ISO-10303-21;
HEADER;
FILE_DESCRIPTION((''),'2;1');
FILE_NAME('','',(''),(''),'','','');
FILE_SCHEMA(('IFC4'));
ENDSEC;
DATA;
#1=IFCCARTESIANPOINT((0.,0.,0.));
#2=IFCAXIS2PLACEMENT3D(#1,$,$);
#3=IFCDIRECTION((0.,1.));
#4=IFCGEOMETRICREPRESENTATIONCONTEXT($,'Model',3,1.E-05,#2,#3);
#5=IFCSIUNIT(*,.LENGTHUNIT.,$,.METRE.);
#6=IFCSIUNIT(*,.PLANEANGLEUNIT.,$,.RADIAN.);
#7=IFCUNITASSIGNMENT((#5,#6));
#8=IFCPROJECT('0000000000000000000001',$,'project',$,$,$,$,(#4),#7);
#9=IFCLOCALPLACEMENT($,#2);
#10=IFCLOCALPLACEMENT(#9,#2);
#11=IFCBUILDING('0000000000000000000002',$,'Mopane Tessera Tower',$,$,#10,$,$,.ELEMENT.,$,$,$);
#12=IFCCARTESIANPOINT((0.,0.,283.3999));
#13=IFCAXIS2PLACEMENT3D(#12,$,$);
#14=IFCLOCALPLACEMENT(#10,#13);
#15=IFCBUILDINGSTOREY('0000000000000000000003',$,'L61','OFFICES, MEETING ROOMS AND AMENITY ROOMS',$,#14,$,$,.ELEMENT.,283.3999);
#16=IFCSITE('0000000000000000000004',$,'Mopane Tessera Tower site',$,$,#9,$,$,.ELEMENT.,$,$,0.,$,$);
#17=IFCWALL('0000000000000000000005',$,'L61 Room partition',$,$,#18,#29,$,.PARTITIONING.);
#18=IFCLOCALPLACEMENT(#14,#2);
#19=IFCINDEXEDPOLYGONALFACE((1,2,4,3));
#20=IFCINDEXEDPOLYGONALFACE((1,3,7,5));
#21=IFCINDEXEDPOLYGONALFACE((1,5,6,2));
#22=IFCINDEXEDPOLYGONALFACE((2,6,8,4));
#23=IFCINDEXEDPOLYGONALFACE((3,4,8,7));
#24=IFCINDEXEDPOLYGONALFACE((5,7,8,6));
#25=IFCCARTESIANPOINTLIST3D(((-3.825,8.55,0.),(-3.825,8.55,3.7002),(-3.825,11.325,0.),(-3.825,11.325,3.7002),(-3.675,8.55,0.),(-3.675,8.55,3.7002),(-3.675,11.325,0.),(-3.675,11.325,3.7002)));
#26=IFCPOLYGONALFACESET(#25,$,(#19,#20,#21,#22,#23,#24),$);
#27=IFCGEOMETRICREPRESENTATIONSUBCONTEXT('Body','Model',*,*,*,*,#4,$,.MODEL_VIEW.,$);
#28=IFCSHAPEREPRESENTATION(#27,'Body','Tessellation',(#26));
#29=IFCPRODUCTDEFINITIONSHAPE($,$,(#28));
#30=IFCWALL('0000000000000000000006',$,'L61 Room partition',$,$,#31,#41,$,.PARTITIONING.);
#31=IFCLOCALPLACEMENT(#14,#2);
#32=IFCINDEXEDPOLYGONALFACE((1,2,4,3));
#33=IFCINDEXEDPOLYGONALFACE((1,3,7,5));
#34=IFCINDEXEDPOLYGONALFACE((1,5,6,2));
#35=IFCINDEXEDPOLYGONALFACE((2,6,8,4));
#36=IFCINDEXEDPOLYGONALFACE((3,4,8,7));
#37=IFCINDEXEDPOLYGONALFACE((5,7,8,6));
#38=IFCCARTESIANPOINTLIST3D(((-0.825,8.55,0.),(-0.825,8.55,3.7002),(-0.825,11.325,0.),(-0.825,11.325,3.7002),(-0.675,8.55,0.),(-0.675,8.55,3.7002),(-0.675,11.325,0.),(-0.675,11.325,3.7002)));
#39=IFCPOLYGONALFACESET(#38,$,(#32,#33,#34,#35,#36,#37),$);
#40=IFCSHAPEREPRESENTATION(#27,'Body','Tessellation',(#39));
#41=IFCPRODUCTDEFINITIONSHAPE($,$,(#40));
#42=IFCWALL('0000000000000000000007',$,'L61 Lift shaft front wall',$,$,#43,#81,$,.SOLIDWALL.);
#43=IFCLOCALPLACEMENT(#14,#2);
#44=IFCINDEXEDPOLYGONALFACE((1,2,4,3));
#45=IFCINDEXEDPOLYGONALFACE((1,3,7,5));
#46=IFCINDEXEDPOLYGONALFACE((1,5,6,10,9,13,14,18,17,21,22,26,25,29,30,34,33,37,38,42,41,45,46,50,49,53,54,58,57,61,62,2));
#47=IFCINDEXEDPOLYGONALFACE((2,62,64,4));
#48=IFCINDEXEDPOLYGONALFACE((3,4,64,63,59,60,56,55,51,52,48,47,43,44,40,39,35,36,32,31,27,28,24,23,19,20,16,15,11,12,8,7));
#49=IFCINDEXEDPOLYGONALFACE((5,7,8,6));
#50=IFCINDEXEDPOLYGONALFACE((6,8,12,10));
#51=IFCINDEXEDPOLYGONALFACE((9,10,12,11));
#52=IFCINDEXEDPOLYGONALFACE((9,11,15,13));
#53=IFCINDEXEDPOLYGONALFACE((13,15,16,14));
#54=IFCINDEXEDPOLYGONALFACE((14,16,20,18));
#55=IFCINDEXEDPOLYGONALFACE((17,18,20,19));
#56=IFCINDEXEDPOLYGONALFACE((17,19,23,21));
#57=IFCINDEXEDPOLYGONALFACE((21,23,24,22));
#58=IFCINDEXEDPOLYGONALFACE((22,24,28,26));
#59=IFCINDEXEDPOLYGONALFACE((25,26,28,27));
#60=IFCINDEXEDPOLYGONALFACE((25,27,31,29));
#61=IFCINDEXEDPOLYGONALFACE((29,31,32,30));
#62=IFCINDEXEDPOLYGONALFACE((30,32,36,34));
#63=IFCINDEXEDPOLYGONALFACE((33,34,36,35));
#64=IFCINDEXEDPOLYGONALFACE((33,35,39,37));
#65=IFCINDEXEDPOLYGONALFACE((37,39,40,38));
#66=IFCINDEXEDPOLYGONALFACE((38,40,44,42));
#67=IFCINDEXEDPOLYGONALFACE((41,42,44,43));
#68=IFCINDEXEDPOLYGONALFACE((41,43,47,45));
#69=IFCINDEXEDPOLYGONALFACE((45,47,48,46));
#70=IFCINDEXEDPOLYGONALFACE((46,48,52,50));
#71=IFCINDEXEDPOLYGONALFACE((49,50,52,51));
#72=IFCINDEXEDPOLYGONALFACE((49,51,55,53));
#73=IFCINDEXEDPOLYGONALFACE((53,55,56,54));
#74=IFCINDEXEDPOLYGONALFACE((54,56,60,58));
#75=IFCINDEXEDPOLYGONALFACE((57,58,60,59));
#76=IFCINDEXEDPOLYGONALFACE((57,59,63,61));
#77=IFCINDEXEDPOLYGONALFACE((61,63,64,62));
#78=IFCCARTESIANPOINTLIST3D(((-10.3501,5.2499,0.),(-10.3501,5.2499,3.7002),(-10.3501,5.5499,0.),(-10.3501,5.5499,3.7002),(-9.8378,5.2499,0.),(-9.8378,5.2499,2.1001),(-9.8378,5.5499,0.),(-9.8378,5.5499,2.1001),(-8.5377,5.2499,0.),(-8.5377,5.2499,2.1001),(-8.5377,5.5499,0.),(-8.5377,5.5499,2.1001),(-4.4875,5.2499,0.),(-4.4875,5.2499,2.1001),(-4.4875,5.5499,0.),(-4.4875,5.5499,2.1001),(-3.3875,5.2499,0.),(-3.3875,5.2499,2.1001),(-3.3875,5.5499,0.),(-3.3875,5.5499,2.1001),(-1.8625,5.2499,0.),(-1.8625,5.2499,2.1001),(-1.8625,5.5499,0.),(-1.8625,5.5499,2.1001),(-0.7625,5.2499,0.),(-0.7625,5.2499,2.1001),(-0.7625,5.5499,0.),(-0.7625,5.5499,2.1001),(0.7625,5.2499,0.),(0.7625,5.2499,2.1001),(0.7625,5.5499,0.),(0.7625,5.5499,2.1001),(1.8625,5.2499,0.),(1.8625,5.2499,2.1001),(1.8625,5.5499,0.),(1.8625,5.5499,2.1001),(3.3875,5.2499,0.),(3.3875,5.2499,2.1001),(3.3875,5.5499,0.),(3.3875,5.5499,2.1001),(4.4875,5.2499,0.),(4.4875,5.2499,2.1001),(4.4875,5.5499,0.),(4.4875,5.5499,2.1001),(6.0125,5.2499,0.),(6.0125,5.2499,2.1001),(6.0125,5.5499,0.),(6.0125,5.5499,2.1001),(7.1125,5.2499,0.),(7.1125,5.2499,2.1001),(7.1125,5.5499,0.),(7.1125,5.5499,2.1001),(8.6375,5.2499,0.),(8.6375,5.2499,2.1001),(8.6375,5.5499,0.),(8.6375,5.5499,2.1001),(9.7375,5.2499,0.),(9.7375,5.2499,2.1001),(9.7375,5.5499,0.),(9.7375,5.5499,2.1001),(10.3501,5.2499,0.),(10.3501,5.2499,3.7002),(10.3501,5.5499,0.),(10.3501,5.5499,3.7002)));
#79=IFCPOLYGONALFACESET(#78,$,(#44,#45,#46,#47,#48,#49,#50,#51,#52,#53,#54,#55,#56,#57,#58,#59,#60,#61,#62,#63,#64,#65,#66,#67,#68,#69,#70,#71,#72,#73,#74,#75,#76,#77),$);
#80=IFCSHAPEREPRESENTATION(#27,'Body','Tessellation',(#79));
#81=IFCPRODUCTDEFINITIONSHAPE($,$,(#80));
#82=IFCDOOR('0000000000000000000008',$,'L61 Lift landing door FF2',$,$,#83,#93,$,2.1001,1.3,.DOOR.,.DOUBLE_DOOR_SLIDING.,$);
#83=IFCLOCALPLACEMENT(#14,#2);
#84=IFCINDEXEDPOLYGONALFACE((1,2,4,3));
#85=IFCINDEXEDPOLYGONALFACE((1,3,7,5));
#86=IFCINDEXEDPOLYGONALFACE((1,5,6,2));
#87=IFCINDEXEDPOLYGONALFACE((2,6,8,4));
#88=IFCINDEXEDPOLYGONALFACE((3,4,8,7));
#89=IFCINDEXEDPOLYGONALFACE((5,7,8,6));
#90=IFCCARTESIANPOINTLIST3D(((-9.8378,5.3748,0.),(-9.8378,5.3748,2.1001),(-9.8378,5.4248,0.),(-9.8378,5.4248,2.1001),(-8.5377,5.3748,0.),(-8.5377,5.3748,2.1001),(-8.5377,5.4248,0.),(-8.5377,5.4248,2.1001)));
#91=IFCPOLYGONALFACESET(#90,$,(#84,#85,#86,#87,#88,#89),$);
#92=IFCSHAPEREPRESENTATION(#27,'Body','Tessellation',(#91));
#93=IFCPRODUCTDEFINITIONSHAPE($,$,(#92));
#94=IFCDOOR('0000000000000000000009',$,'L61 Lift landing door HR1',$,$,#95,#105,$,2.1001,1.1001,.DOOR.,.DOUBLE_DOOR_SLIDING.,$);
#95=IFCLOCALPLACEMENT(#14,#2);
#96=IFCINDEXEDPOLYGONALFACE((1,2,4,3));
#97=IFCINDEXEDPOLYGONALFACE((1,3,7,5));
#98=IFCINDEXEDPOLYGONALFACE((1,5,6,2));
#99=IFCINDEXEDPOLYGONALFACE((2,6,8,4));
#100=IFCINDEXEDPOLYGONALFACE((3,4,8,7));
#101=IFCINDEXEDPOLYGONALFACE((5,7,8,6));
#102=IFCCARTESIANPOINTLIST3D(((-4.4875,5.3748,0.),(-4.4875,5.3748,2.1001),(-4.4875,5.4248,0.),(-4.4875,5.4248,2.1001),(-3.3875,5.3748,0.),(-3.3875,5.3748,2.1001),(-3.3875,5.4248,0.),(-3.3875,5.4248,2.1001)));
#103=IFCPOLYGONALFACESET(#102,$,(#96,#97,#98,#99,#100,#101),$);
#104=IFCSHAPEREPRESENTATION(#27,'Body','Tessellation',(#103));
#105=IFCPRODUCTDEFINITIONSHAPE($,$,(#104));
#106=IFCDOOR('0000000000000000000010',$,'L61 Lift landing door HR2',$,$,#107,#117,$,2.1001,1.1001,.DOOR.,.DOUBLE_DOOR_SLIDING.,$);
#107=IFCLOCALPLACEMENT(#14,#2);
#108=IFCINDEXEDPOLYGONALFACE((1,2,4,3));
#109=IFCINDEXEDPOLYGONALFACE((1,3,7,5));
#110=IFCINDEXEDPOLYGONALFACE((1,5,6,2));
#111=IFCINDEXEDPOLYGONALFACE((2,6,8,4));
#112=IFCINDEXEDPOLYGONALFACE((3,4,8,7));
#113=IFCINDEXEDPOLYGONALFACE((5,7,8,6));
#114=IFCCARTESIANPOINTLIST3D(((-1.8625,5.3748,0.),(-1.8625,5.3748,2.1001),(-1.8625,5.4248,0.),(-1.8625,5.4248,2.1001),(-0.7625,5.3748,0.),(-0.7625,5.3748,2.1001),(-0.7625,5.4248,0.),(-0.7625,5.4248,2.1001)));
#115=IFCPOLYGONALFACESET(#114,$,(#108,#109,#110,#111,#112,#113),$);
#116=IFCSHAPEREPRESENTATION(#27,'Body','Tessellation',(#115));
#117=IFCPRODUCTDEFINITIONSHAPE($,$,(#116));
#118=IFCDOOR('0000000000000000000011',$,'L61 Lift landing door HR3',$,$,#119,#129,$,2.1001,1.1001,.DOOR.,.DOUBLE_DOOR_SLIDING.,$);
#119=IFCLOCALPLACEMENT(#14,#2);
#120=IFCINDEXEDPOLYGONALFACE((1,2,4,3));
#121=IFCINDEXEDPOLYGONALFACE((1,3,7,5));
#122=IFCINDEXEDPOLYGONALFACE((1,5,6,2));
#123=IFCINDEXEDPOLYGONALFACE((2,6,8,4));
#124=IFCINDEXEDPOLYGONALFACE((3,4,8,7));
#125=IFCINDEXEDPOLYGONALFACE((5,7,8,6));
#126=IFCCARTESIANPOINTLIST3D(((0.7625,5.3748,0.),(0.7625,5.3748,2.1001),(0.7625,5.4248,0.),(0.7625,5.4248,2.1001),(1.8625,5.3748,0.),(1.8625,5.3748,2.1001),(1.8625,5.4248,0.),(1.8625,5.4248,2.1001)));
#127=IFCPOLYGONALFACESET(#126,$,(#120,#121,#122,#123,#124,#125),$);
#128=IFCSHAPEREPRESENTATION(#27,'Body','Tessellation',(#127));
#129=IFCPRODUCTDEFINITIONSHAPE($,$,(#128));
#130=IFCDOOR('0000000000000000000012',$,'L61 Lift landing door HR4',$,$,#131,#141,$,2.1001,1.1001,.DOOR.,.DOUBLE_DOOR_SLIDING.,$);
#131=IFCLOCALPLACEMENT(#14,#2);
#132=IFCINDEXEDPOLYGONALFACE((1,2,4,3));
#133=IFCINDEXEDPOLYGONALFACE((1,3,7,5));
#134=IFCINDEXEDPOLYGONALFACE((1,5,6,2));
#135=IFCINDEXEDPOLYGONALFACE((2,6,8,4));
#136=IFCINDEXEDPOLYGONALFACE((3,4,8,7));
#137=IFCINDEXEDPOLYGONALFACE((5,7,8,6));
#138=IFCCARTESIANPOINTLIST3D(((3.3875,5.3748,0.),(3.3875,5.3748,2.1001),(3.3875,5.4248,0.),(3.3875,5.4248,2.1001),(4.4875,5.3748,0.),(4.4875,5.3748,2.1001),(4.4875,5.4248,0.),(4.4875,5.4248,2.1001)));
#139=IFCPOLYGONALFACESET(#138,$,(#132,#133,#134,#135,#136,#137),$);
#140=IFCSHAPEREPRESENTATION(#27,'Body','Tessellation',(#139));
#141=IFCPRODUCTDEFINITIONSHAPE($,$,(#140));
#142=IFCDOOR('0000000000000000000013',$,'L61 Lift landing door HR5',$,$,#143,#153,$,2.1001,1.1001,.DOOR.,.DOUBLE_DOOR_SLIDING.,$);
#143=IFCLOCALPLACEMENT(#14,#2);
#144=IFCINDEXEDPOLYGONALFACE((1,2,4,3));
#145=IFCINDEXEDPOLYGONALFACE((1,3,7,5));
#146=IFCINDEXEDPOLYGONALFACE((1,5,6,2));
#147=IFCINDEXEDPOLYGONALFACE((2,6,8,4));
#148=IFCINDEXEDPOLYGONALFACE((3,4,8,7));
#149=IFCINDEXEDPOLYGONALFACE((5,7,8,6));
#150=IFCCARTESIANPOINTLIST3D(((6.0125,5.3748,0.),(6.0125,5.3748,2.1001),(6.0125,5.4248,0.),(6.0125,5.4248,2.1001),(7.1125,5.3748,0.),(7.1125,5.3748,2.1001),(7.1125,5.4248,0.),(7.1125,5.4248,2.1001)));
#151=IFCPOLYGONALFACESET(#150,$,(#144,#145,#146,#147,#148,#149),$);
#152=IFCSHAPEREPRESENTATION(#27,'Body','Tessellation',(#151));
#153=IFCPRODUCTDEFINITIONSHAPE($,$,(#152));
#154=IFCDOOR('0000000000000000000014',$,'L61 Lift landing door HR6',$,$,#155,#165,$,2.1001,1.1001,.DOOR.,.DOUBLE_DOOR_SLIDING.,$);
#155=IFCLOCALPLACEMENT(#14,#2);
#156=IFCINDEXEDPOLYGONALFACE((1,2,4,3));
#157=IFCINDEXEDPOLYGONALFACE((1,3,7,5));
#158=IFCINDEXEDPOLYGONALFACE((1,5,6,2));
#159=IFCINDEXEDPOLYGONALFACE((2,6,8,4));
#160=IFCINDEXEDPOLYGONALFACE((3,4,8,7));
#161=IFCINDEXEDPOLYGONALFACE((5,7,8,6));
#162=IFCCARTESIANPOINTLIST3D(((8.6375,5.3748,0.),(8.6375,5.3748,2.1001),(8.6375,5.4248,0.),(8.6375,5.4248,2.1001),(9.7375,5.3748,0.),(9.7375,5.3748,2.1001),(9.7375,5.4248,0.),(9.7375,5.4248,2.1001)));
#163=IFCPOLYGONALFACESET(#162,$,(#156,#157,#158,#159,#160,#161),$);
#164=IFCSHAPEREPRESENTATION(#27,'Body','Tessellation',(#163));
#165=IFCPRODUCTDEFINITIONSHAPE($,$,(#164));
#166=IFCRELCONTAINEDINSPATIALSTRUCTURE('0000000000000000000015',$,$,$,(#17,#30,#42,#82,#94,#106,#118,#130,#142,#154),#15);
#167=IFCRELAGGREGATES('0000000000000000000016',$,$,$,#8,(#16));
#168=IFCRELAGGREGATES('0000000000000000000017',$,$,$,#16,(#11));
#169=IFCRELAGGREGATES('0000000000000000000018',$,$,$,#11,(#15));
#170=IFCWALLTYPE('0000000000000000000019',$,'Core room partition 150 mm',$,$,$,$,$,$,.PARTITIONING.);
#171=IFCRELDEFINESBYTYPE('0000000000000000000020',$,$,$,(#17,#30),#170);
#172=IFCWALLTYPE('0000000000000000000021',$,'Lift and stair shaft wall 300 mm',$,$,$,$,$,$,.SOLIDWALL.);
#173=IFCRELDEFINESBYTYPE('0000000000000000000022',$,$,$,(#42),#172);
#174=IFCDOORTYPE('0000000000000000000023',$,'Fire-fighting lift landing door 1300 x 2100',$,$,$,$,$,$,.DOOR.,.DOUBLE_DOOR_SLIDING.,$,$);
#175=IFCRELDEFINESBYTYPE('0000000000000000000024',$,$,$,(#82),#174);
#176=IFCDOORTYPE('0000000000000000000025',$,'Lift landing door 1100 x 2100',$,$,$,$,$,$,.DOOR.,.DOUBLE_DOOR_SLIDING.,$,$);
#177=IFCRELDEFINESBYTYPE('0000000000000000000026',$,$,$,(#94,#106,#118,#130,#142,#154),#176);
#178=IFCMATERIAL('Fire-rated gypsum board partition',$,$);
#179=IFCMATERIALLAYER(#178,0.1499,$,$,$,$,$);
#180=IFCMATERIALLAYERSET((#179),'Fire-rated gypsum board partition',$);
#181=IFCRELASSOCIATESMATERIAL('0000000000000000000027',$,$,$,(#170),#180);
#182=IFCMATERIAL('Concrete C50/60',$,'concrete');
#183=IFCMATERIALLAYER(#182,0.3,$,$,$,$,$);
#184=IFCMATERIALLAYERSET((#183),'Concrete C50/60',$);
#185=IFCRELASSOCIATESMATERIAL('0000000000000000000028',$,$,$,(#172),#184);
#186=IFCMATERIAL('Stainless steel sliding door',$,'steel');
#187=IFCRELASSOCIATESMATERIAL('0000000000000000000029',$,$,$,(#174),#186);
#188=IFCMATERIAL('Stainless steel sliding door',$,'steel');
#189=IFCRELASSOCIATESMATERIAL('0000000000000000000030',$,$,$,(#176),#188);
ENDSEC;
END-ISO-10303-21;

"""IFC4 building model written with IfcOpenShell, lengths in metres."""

from ifc_helpers import new_model, si_unit, direction, frame, frame_2d, origin, place, context, subcontext, project, spatial, rectangle, extrude, material, layer, layer_set, type_object, element, fill, save


model = new_model("IFC4")

# Units and contexts
model_context = context("Model", 3, precision=1e-05, world=origin(), true_north=direction((0.0, 1.0)))
body_context = subcontext(model_context, "Body", "Model", "MODEL_VIEW")
ifc_project = project(units=[si_unit("LENGTHUNIT", "METRE"), si_unit("PLANEANGLEUNIT", "RADIAN")], contexts=[model_context])

# Site, building, storey
site_placement = place(None, origin())
site = spatial("IfcSite", under=ifc_project, at=site_placement, Name="Mopane Tessera Tower site", CompositionType="ELEMENT", RefElevation=0.0)
building_placement = place(site_placement, origin())
building = spatial("IfcBuilding", under=site, at=building_placement, Name="Mopane Tessera Tower", CompositionType="ELEMENT")
storey_placement = place(building_placement, frame((0.0, 0.0, 283.3999)))
storey = spatial("IfcBuildingStorey", under=building, at=storey_placement, Name="L61", Description="OFFICES, MEETING ROOMS AND AMENITY ROOMS", CompositionType="ELEMENT", Elevation=283.3999)

# Walls
ifc_material_1 = material(Name="Fire-rated gypsum board partition")
ifc_layer_1 = layer(ifc_material_1, 0.1499)
ifc_layer_set_1 = layer_set([ifc_layer_1], Name="Fire-rated gypsum board partition")
wall_type_1 = type_object("IfcWallType", Name="Core room partition 150 mm", PredefinedType="PARTITIONING", material=ifc_layer_set_1)
for number, where, z_axis, x_axis, name in (
    (1, (-3.75, 8.55, 0.0), (0.0, 0.0, 1.0), (0.0, 1.0, 0.0), "L61 Room partition"),
    (2, (-0.75, 8.55, 0.0), (0.0, 0.0, 1.0), (0.0, 1.0, 0.0), "L61 Room partition"),
):
    element("IfcWall", number, at=place(storey_placement, frame(where, z_axis=z_axis, x_axis=x_axis)), inside=storey, type_object=wall_type_1, Name=name, PredefinedType="PARTITIONING", context=body_context, shape_type="SweptSolid", body=[
        extrude(rectangle(XDim=2.7749, YDim=0.1499, at=frame_2d((1.3875, 0.0))), origin(), (0.0, 0.0, 1.0), 3.7002),
    ])

# Wall, openings, doors
ifc_material_2 = material(Name="Concrete C50/60", Category="concrete")
ifc_layer_2 = layer(ifc_material_2, 0.3)
ifc_layer_set_2 = layer_set([ifc_layer_2], Name="Concrete C50/60")
wall_type_2 = type_object("IfcWallType", Name="Lift and stair shaft wall 300 mm", PredefinedType="SOLIDWALL", material=ifc_layer_set_2)
wall_1_placement = place(storey_placement, frame((-10.3501, 5.3999, 0.0), z_axis=(0.0, 0.0, 1.0), x_axis=(1.0, 0.0, 0.0)))
wall_1 = element("IfcWall", 3, at=wall_1_placement, inside=storey, type_object=wall_type_2, Name="L61 Lift shaft front wall", PredefinedType="SOLIDWALL", context=body_context, shape_type="SweptSolid", body=[
    extrude(rectangle(XDim=20.7002, YDim=0.3, at=frame_2d((10.3501, 0.0))), origin(), (0.0, 0.0, 1.0), 3.7002),
])
opening_1_placement = place(wall_1_placement, frame((0.5125, 0.0, 0.0)))
opening_1 = element("IfcOpeningElement", 4, at=opening_1_placement, cuts=wall_1, PredefinedType="OPENING", context=body_context, shape_type="SweptSolid", body=[
    extrude(rectangle(XDim=1.3, YDim=2.1001, at=frame_2d((0.6499, 1.05))), frame((0.0, 0.1621, 0.0), z_axis=(0.0, -1.0, 0.0), x_axis=(1.0, 0.0, 0.0)), (0.0, 0.0, 1.0), 0.324),
])
opening_2_placement = place(wall_1_placement, frame((5.8625, 0.0, 0.0)))
opening_2 = element("IfcOpeningElement", 5, at=opening_2_placement, cuts=wall_1, PredefinedType="OPENING", context=body_context, shape_type="SweptSolid", body=[
    extrude(rectangle(XDim=1.1001, YDim=2.1001, at=frame_2d((0.55, 1.05))), frame((0.0, 0.1621, 0.0), z_axis=(0.0, -1.0, 0.0), x_axis=(1.0, 0.0, 0.0)), (0.0, 0.0, 1.0), 0.324),
])
opening_3_placement = place(wall_1_placement, frame((8.4875, 0.0, 0.0)))
opening_3 = element("IfcOpeningElement", 6, at=opening_3_placement, cuts=wall_1, PredefinedType="OPENING", context=body_context, shape_type="SweptSolid", body=[
    extrude(rectangle(XDim=1.1001, YDim=2.1001, at=frame_2d((0.55, 1.05))), frame((0.0, 0.1621, 0.0), z_axis=(0.0, -1.0, 0.0), x_axis=(1.0, 0.0, 0.0)), (0.0, 0.0, 1.0), 0.324),
])
opening_4_placement = place(wall_1_placement, frame((11.1125, 0.0, 0.0)))
opening_4 = element("IfcOpeningElement", 7, at=opening_4_placement, cuts=wall_1, PredefinedType="OPENING", context=body_context, shape_type="SweptSolid", body=[
    extrude(rectangle(XDim=1.1001, YDim=2.1001, at=frame_2d((0.55, 1.05))), frame((0.0, 0.1621, 0.0), z_axis=(0.0, -1.0, 0.0), x_axis=(1.0, 0.0, 0.0)), (0.0, 0.0, 1.0), 0.324),
])
opening_5_placement = place(wall_1_placement, frame((13.7375, 0.0, 0.0)))
opening_5 = element("IfcOpeningElement", 8, at=opening_5_placement, cuts=wall_1, PredefinedType="OPENING", context=body_context, shape_type="SweptSolid", body=[
    extrude(rectangle(XDim=1.1001, YDim=2.1001, at=frame_2d((0.55, 1.05))), frame((0.0, 0.1621, 0.0), z_axis=(0.0, -1.0, 0.0), x_axis=(1.0, 0.0, 0.0)), (0.0, 0.0, 1.0), 0.324),
])
opening_6_placement = place(wall_1_placement, frame((16.3625, 0.0, 0.0)))
opening_6 = element("IfcOpeningElement", 9, at=opening_6_placement, cuts=wall_1, PredefinedType="OPENING", context=body_context, shape_type="SweptSolid", body=[
    extrude(rectangle(XDim=1.1001, YDim=2.1001, at=frame_2d((0.55, 1.05))), frame((0.0, 0.1621, 0.0), z_axis=(0.0, -1.0, 0.0), x_axis=(1.0, 0.0, 0.0)), (0.0, 0.0, 1.0), 0.324),
])
opening_7_placement = place(wall_1_placement, frame((18.9875, 0.0, 0.0)))
opening_7 = element("IfcOpeningElement", 10, at=opening_7_placement, cuts=wall_1, PredefinedType="OPENING", context=body_context, shape_type="SweptSolid", body=[
    extrude(rectangle(XDim=1.1001, YDim=2.1001, at=frame_2d((0.55, 1.05))), frame((0.0, 0.1621, 0.0), z_axis=(0.0, -1.0, 0.0), x_axis=(1.0, 0.0, 0.0)), (0.0, 0.0, 1.0), 0.324),
])
ifc_material_3 = material(Name="Stainless steel sliding door", Category="steel")
door_type_1 = type_object("IfcDoorType", Name="Fire-fighting lift landing door 1300 x 2100", OperationType="DOUBLE_DOOR_SLIDING", PredefinedType="DOOR", material=ifc_material_3)
door_1_placement = place(opening_1_placement, origin())
door_1 = element("IfcDoor", 11, at=door_1_placement, inside=storey, type_object=door_type_1, Name="L61 Lift landing door FF2", OperationType="DOUBLE_DOOR_SLIDING", OverallHeight=2.1001, OverallWidth=1.3, PredefinedType="DOOR", context=body_context, shape_type="SweptSolid", body=[
    extrude(rectangle(XDim=1.3, YDim=2.1001, at=frame_2d((0.6499, 1.05))), frame((0.0, 0.0249, 0.0), z_axis=(0.0, -1.0, 0.0), x_axis=(1.0, 0.0, 0.0)), (0.0, 0.0, 1.0), 0.05),
])
fill(opening_1, door_1)
ifc_material_4 = material(Name="Stainless steel sliding door", Category="steel")
door_type_2 = type_object("IfcDoorType", Name="Lift landing door 1100 x 2100", OperationType="DOUBLE_DOOR_SLIDING", PredefinedType="DOOR", material=ifc_material_4)
door_2_placement = place(opening_2_placement, origin())
door_2 = element("IfcDoor", 12, at=door_2_placement, inside=storey, type_object=door_type_2, Name="L61 Lift landing door HR1", OperationType="DOUBLE_DOOR_SLIDING", OverallHeight=2.1001, OverallWidth=1.1001, PredefinedType="DOOR", context=body_context, shape_type="SweptSolid", body=[
    extrude(rectangle(XDim=1.1001, YDim=2.1001, at=frame_2d((0.55, 1.05))), frame((0.0, 0.0249, 0.0), z_axis=(0.0, -1.0, 0.0), x_axis=(1.0, 0.0, 0.0)), (0.0, 0.0, 1.0), 0.05),
])
fill(opening_2, door_2)
door_3_placement = place(opening_3_placement, origin())
door_3 = element("IfcDoor", 13, at=door_3_placement, inside=storey, type_object=door_type_2, Name="L61 Lift landing door HR2", OperationType="DOUBLE_DOOR_SLIDING", OverallHeight=2.1001, OverallWidth=1.1001, PredefinedType="DOOR", context=body_context, shape_type="SweptSolid", body=[
    extrude(rectangle(XDim=1.1001, YDim=2.1001, at=frame_2d((0.55, 1.05))), frame((0.0, 0.0249, 0.0), z_axis=(0.0, -1.0, 0.0), x_axis=(1.0, 0.0, 0.0)), (0.0, 0.0, 1.0), 0.05),
])
fill(opening_3, door_3)
door_4_placement = place(opening_4_placement, origin())
door_4 = element("IfcDoor", 14, at=door_4_placement, inside=storey, type_object=door_type_2, Name="L61 Lift landing door HR3", OperationType="DOUBLE_DOOR_SLIDING", OverallHeight=2.1001, OverallWidth=1.1001, PredefinedType="DOOR", context=body_context, shape_type="SweptSolid", body=[
    extrude(rectangle(XDim=1.1001, YDim=2.1001, at=frame_2d((0.55, 1.05))), frame((0.0, 0.0249, 0.0), z_axis=(0.0, -1.0, 0.0), x_axis=(1.0, 0.0, 0.0)), (0.0, 0.0, 1.0), 0.05),
])
fill(opening_4, door_4)
door_5_placement = place(opening_5_placement, origin())
door_5 = element("IfcDoor", 15, at=door_5_placement, inside=storey, type_object=door_type_2, Name="L61 Lift landing door HR4", OperationType="DOUBLE_DOOR_SLIDING", OverallHeight=2.1001, OverallWidth=1.1001, PredefinedType="DOOR", context=body_context, shape_type="SweptSolid", body=[
    extrude(rectangle(XDim=1.1001, YDim=2.1001, at=frame_2d((0.55, 1.05))), frame((0.0, 0.0249, 0.0), z_axis=(0.0, -1.0, 0.0), x_axis=(1.0, 0.0, 0.0)), (0.0, 0.0, 1.0), 0.05),
])
fill(opening_5, door_5)
door_6_placement = place(opening_6_placement, origin())
door_6 = element("IfcDoor", 16, at=door_6_placement, inside=storey, type_object=door_type_2, Name="L61 Lift landing door HR5", OperationType="DOUBLE_DOOR_SLIDING", OverallHeight=2.1001, OverallWidth=1.1001, PredefinedType="DOOR", context=body_context, shape_type="SweptSolid", body=[
    extrude(rectangle(XDim=1.1001, YDim=2.1001, at=frame_2d((0.55, 1.05))), frame((0.0, 0.0249, 0.0), z_axis=(0.0, -1.0, 0.0), x_axis=(1.0, 0.0, 0.0)), (0.0, 0.0, 1.0), 0.05),
])
fill(opening_6, door_6)
door_7_placement = place(opening_7_placement, origin())
door_7 = element("IfcDoor", 17, at=door_7_placement, inside=storey, type_object=door_type_2, Name="L61 Lift landing door HR6", OperationType="DOUBLE_DOOR_SLIDING", OverallHeight=2.1001, OverallWidth=1.1001, PredefinedType="DOOR", context=body_context, shape_type="SweptSolid", body=[
    extrude(rectangle(XDim=1.1001, YDim=2.1001, at=frame_2d((0.55, 1.05))), frame((0.0, 0.0249, 0.0), z_axis=(0.0, -1.0, 0.0), x_axis=(1.0, 0.0, 0.0)), (0.0, 0.0, 1.0), 0.05),
])
fill(opening_7, door_7)

save(model, "model.ifc")
